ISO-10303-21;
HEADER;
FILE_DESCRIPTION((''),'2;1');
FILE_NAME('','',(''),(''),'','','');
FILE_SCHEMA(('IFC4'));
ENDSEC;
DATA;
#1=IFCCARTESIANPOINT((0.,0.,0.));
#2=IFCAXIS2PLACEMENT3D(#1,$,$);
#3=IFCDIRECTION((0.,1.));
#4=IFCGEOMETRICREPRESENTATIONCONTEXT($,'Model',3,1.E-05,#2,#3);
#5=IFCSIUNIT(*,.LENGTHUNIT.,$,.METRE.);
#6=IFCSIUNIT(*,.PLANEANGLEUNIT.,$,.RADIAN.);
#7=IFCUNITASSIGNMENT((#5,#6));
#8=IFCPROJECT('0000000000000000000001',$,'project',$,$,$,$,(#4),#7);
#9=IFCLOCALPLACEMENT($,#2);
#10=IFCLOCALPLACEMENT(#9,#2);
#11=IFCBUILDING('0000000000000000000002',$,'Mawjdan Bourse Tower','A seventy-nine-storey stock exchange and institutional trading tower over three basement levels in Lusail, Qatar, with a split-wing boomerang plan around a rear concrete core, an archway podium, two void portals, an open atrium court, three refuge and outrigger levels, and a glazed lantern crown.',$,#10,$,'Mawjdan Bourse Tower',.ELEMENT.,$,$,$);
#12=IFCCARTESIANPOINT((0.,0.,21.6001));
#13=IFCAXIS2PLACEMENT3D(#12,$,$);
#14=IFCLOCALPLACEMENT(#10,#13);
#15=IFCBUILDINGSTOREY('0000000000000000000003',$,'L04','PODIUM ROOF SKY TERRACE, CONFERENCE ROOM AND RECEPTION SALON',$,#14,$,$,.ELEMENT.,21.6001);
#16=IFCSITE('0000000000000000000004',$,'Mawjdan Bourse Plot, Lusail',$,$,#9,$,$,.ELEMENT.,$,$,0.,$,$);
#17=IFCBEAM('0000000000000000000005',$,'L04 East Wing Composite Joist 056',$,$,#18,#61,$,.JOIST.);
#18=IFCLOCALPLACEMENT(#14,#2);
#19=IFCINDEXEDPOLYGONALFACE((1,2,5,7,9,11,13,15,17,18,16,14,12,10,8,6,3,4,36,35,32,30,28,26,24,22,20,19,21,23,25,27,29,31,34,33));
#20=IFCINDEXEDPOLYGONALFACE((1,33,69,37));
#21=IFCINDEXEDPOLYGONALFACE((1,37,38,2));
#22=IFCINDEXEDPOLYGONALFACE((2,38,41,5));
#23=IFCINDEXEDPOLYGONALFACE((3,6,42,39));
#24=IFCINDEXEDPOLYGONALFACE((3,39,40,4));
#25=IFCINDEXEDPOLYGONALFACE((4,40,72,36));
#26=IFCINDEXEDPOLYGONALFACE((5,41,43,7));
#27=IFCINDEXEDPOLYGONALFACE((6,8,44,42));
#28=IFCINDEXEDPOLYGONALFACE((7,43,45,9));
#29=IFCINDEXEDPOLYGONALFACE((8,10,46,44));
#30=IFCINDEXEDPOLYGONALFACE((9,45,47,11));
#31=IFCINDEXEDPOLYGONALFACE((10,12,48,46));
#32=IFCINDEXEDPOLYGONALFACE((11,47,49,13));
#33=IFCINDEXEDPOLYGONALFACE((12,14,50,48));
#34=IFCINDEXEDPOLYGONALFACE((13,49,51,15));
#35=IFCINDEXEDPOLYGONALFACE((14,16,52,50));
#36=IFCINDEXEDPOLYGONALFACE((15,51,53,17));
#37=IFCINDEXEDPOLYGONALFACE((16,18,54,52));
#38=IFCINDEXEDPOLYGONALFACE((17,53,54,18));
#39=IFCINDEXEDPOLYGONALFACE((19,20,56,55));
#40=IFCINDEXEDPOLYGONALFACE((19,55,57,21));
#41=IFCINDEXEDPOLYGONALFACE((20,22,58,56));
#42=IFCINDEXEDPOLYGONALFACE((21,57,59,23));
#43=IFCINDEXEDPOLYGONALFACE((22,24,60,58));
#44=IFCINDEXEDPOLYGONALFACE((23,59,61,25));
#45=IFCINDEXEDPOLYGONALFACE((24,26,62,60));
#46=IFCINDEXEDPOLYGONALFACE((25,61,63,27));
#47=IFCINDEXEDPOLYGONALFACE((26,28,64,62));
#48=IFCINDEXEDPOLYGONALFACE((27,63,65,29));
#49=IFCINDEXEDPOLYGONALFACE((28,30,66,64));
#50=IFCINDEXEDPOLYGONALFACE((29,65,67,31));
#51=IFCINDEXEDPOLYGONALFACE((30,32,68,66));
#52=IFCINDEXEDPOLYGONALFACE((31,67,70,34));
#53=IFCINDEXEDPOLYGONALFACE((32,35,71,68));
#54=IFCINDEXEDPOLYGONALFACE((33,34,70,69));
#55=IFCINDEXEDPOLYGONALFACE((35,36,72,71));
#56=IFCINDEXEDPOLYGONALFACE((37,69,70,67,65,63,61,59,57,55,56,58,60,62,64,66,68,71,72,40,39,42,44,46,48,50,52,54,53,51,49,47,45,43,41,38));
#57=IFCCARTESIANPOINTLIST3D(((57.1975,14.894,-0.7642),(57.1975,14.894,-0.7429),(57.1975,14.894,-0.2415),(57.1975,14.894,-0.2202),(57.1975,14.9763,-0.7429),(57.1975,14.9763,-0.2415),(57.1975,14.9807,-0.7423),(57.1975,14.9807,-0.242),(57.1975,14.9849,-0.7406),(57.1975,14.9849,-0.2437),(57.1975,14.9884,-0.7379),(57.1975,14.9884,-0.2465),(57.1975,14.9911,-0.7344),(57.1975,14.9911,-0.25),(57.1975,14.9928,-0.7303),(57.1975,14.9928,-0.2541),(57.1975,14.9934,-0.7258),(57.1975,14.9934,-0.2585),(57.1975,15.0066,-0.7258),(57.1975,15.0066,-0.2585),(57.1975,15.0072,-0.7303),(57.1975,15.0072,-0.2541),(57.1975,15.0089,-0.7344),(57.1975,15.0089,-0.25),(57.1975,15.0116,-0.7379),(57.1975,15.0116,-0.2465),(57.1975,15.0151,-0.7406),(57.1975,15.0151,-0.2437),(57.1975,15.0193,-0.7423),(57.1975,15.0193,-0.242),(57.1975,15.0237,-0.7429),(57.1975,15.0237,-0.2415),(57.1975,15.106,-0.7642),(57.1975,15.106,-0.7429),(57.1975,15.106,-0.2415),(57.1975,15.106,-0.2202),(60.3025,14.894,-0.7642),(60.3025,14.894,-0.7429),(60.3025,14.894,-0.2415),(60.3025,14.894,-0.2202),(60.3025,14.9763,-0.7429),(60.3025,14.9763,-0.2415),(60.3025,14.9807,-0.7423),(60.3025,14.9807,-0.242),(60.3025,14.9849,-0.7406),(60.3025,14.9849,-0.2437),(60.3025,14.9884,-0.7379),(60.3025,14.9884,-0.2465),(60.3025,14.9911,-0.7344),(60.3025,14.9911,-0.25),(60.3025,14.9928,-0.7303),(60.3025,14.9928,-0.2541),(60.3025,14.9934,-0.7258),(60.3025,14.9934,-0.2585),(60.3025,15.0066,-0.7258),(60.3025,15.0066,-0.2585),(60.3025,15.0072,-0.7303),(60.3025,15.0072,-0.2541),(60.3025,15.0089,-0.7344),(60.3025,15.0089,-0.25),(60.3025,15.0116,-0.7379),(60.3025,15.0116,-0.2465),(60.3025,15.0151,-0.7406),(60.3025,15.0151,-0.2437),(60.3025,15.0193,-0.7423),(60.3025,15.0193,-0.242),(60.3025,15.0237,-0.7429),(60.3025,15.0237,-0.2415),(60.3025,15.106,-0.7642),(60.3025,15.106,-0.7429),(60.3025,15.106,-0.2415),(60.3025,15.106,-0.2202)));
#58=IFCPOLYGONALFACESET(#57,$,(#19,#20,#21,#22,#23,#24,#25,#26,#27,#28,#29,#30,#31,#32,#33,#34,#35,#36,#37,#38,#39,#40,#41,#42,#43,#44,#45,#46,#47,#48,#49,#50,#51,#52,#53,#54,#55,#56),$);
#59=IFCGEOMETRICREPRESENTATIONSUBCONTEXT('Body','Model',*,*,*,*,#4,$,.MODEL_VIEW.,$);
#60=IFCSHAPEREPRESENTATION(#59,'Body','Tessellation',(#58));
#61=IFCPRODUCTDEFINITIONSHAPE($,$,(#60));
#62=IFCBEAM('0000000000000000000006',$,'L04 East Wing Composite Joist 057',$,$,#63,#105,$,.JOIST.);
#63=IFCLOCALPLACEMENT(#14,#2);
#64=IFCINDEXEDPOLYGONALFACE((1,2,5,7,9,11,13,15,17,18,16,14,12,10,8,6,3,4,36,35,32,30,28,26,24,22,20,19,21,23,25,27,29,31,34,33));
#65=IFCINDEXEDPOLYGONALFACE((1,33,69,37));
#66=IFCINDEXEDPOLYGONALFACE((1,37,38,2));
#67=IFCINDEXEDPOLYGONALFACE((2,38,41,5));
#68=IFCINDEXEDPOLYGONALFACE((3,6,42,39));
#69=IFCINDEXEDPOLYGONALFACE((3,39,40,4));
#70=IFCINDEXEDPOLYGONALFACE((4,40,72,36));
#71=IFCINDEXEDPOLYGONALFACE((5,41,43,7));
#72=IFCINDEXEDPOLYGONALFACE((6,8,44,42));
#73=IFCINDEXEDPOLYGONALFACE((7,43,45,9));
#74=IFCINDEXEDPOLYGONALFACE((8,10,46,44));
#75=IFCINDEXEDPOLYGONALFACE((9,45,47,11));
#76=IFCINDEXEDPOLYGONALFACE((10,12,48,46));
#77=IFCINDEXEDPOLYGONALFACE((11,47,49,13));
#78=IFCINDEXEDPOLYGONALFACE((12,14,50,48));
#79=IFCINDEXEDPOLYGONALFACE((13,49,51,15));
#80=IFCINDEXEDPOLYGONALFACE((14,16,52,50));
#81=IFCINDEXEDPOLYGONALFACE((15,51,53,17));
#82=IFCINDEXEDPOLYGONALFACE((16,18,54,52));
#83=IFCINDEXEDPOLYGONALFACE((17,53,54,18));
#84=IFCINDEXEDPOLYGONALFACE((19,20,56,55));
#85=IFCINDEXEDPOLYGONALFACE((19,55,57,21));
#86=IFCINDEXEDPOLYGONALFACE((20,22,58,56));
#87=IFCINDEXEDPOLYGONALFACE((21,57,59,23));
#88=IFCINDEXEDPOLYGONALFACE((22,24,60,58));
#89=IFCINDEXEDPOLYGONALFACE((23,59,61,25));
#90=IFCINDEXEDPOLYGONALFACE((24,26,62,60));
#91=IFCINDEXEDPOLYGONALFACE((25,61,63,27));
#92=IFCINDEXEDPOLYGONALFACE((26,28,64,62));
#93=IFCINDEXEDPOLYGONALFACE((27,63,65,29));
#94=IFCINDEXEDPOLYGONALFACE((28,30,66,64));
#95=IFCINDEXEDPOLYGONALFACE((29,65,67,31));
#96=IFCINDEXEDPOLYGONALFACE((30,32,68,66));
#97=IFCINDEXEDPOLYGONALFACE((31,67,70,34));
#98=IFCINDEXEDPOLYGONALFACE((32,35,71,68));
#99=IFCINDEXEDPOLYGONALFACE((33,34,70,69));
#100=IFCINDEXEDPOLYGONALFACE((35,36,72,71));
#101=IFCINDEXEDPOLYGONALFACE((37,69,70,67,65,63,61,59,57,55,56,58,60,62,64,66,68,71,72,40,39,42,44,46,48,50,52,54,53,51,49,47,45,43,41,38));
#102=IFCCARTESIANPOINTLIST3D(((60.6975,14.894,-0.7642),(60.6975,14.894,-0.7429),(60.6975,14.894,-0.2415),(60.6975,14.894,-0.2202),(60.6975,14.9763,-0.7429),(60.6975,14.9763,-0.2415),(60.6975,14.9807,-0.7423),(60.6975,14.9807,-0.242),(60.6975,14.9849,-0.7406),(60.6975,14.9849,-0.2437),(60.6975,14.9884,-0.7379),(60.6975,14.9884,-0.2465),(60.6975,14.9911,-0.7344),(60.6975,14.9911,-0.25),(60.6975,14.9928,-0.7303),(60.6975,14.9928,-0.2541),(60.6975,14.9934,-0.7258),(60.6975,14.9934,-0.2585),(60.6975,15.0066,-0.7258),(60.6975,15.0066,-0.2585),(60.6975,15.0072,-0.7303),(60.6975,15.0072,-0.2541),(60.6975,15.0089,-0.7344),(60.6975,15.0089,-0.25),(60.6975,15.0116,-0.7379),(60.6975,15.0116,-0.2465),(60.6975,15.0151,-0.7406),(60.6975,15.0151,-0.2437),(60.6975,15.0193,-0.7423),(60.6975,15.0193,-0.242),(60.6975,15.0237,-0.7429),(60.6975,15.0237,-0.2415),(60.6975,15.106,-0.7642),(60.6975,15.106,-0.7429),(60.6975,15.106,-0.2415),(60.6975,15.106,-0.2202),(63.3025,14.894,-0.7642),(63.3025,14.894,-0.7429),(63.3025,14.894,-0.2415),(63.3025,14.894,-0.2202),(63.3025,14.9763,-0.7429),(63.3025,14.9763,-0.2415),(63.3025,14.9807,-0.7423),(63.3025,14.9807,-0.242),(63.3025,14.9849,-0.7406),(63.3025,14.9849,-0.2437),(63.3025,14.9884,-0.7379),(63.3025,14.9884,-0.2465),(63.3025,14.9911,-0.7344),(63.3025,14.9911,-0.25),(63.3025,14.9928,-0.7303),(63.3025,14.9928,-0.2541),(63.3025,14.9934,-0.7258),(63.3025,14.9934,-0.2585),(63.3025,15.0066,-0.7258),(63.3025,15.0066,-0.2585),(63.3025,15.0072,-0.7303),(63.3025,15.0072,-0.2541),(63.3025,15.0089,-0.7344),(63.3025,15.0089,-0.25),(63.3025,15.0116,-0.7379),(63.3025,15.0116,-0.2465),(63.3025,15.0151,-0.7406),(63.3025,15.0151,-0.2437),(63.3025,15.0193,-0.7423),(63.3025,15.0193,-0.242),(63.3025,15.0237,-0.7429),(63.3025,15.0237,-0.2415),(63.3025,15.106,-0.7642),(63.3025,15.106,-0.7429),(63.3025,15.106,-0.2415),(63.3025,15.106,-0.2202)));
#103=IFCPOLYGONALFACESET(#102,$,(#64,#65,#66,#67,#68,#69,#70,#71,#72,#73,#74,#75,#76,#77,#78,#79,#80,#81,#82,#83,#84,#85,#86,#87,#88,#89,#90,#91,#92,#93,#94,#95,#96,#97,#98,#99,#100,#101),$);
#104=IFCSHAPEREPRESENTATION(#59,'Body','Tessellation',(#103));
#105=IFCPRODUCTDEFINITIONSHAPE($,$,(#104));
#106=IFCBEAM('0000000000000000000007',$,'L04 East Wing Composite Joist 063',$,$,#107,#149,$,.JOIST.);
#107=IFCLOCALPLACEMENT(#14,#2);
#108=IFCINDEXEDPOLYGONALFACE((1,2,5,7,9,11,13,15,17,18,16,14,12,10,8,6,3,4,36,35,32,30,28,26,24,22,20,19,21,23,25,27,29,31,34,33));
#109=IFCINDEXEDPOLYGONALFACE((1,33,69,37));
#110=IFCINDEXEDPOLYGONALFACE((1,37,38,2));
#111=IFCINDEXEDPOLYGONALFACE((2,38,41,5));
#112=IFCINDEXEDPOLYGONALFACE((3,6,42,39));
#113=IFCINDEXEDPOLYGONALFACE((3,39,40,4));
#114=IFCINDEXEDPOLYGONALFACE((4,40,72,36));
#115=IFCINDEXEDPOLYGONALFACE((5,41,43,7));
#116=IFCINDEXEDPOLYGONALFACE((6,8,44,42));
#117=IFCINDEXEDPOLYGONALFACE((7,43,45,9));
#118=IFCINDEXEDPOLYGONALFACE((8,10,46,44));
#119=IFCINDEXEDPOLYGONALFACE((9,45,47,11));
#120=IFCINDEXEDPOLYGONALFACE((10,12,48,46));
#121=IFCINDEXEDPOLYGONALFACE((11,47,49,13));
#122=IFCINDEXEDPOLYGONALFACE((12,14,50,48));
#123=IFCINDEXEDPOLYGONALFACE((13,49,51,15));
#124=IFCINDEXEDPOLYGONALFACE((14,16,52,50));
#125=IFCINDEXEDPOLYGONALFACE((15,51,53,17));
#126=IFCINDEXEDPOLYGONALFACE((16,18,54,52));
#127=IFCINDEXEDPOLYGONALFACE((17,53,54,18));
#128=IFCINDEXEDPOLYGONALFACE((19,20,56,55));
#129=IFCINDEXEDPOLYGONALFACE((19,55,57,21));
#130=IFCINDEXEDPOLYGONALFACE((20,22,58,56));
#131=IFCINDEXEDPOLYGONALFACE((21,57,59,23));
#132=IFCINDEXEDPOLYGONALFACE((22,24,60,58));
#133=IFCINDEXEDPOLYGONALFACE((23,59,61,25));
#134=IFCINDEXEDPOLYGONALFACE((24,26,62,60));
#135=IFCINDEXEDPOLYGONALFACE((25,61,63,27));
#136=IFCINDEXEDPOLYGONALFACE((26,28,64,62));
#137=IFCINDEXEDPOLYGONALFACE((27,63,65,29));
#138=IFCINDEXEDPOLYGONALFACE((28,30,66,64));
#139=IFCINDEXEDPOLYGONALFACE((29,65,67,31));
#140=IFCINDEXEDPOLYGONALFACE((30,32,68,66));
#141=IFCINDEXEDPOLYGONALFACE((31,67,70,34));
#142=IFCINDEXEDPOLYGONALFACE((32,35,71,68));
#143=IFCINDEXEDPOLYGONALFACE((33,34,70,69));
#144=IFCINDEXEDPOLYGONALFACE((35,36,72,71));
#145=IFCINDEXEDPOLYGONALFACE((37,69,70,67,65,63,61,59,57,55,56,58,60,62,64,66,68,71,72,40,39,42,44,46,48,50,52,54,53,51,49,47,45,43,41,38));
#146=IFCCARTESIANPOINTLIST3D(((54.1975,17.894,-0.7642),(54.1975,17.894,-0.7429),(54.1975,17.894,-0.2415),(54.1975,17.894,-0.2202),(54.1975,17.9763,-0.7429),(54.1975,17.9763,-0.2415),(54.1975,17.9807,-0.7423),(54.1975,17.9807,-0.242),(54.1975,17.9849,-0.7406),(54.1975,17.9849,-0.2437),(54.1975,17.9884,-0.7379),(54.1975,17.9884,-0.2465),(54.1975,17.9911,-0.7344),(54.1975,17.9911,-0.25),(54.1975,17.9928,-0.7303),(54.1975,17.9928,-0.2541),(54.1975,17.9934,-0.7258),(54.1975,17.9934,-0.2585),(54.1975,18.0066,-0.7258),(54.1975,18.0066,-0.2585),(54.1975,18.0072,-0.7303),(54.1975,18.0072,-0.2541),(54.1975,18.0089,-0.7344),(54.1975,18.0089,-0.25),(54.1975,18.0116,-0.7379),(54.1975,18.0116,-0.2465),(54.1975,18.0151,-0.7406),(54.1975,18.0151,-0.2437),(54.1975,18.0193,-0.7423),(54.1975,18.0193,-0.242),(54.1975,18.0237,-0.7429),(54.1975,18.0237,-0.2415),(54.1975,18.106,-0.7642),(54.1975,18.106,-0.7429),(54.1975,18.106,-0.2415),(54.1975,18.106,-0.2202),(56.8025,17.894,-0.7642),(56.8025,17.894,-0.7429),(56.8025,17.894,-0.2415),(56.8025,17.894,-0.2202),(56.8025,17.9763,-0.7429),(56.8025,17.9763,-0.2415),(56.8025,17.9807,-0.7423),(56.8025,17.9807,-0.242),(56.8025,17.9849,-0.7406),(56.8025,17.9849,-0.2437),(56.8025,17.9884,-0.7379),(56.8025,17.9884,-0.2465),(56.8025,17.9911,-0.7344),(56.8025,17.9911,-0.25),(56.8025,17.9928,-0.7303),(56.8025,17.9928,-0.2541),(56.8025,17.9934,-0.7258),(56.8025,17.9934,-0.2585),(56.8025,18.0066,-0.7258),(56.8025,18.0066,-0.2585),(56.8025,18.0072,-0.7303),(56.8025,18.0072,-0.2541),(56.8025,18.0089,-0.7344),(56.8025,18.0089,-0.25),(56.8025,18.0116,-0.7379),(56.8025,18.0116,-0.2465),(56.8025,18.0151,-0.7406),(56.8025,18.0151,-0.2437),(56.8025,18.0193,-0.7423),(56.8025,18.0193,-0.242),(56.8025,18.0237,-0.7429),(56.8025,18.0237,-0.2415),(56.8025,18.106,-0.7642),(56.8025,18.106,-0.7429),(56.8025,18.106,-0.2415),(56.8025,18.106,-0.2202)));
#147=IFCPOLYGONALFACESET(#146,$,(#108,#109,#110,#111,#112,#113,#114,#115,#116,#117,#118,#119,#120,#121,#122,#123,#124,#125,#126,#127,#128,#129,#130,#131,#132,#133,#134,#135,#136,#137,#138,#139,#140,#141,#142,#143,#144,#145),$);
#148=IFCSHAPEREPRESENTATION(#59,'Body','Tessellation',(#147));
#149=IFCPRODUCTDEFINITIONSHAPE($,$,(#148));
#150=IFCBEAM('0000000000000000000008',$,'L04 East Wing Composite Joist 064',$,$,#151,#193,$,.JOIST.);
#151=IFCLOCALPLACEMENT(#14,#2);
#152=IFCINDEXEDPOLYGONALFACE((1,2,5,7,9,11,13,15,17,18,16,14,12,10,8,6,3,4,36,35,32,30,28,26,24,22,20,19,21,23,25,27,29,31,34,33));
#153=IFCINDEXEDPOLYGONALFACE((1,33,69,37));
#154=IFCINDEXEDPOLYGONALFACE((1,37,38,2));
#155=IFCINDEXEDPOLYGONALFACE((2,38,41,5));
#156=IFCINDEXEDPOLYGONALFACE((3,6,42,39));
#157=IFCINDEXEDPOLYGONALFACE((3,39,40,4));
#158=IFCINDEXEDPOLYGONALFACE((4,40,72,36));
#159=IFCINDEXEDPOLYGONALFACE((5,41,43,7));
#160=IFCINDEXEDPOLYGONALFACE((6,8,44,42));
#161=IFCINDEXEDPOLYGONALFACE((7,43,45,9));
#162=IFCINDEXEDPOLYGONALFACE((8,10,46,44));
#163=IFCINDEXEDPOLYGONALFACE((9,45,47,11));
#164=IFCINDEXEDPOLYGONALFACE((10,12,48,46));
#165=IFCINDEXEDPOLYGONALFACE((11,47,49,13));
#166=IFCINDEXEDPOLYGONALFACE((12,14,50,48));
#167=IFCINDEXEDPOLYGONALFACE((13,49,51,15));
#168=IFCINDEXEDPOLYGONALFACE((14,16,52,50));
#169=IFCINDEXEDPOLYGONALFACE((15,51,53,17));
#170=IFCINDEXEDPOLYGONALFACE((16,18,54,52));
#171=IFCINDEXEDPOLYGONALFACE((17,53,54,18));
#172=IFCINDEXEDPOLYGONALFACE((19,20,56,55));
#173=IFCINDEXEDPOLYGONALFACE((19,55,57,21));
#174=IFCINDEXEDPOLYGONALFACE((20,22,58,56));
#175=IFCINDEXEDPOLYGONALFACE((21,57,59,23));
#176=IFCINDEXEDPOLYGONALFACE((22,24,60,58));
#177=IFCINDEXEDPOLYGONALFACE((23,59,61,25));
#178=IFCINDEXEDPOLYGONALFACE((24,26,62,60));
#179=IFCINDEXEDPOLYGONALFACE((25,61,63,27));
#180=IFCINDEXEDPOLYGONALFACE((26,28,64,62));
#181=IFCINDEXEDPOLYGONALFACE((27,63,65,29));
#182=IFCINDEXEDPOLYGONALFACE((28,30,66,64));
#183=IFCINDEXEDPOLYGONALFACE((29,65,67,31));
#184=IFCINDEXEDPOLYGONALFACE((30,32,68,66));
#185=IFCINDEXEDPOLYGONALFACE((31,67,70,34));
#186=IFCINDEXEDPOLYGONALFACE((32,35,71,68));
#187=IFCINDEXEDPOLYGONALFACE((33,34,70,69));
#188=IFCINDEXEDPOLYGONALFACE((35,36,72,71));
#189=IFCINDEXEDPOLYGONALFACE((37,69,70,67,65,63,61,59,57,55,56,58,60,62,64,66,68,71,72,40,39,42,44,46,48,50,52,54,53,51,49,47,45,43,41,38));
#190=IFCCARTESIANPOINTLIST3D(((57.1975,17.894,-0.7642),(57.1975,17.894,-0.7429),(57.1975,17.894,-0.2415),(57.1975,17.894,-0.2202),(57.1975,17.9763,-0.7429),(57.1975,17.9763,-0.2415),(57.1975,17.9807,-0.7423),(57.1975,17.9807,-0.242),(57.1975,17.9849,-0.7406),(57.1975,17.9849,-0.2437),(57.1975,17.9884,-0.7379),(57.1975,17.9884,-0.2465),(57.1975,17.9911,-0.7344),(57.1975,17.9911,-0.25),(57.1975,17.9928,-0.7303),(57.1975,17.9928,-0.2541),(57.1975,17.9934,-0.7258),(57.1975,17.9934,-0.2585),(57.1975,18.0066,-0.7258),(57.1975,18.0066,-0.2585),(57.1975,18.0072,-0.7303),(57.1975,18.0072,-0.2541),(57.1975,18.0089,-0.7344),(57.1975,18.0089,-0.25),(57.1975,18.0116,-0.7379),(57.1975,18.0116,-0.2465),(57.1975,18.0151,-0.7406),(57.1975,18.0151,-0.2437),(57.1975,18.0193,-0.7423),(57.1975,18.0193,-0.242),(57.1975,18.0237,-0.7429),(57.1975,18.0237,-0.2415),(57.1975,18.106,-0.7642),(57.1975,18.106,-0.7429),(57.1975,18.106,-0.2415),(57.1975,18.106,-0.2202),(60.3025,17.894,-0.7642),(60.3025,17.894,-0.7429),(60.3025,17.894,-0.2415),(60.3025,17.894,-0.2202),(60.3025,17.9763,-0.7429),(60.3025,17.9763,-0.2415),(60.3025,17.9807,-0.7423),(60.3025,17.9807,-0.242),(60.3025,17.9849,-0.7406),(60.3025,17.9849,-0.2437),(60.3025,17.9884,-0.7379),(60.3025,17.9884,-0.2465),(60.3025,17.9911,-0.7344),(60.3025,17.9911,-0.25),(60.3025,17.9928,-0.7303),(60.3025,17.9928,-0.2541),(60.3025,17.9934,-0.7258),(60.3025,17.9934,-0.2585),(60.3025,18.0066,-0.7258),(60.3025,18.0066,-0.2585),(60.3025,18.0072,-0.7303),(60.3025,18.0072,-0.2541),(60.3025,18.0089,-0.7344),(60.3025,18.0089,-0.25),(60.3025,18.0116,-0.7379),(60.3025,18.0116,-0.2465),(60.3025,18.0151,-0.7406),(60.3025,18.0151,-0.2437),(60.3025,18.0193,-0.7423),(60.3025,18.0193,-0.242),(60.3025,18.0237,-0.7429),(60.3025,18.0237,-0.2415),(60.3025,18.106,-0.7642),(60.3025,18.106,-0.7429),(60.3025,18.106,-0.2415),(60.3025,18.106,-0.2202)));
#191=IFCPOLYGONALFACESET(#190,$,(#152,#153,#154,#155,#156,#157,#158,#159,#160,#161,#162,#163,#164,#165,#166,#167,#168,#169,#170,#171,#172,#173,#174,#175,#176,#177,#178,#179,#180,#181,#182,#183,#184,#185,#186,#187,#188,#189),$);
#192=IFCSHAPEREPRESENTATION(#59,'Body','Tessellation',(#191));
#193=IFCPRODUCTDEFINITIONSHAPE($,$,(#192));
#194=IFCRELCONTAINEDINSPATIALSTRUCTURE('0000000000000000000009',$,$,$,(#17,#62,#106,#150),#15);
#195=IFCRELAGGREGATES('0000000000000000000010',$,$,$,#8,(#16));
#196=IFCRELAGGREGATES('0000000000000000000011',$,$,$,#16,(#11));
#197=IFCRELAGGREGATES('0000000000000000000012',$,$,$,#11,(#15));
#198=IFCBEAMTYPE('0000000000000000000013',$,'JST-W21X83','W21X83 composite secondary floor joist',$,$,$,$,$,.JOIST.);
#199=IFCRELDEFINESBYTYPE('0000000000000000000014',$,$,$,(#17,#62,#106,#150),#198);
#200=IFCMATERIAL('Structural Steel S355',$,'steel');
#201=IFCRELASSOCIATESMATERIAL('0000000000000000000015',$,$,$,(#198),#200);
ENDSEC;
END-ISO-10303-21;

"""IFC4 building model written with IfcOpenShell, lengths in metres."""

from ifc_helpers import new_model, si_unit, direction, frame, origin, origin_2d, place, context, subcontext, project, spatial, i_section, extrude, material, material_profile, profile_set, type_object, element, save


model = new_model("IFC4")

# Units and contexts
model_context = context("Model", 3, precision=1e-05, world=origin(), true_north=direction((0.0, 1.0)))
body_context = subcontext(model_context, "Body", "Model", "MODEL_VIEW")
ifc_project = project(units=[si_unit("LENGTHUNIT", "METRE"), si_unit("PLANEANGLEUNIT", "RADIAN")], contexts=[model_context])

# Site, building, storey
site_placement = place(None, origin())
site = spatial("IfcSite", under=ifc_project, at=site_placement, Name="Mawjdan Bourse Plot, Lusail", CompositionType="ELEMENT", RefElevation=0.0)
building_placement = place(site_placement, origin())
building = spatial("IfcBuilding", under=site, at=building_placement, Name="Mawjdan Bourse Tower", Description="A seventy-nine-storey stock exchange and institutional trading tower over three basement levels in Lusail, Qatar, with a split-wing boomerang plan around a rear concrete core, an archway podium, two void portals, an open atrium court, three refuge and outrigger levels, and a glazed lantern crown.", LongName="Mawjdan Bourse Tower", CompositionType="ELEMENT")
storey_placement = place(building_placement, frame((0.0, 0.0, 21.6001)))
storey = spatial("IfcBuildingStorey", under=building, at=storey_placement, Name="L04", Description="PODIUM ROOF SKY TERRACE, CONFERENCE ROOM AND RECEPTION SALON", CompositionType="ELEMENT", Elevation=21.6001)

# Beams
ifc_material_1 = material(Name="Structural Steel S355", Category="steel")
ifc_material_profile_1 = material_profile(ifc_material_1, i_section(OverallWidth=0.2119, OverallDepth=0.5439, WebThickness=0.0132, FlangeThickness=0.0212, FilletRadius=0.0171, at=origin_2d()), Name="W21X83")
ifc_profile_set_1 = profile_set([ifc_material_profile_1], Name="Structural Steel S355")
beam_type_1 = type_object("IfcBeamType", Name="JST-W21X83", Description="W21X83 composite secondary floor joist", PredefinedType="JOIST", material=ifc_profile_set_1)
beam_1_placement = place(storey_placement, frame((57.1975, 15.0, -0.4922), z_axis=(1.0, 0.0, 0.0), x_axis=(0.0, 1.0, 0.0)))
element("IfcBeam", 1, at=beam_1_placement, inside=storey, type_object=beam_type_1, Name="L04 East Wing Composite Joist 056", PredefinedType="JOIST", context=body_context, shape_type="SweptSolid", body=[
    extrude(i_section(OverallWidth=0.2119, OverallDepth=0.5439, WebThickness=0.0132, FlangeThickness=0.0212, FilletRadius=0.0171, at=origin_2d()), origin(), (0.0, 0.0, 1.0), 3.105),
])
for number, where, z_axis, x_axis, name in (
    (2, (60.6975, 15.0, -0.4922), (1.0, 0.0, 0.0), (0.0, 1.0, 0.0), "L04 East Wing Composite Joist 057"),
    (3, (54.1975, 18.0, -0.4922), (1.0, 0.0, 0.0), (0.0, 1.0, 0.0), "L04 East Wing Composite Joist 063"),
):
    element("IfcBeam", number, at=place(storey_placement, frame(where, z_axis=z_axis, x_axis=x_axis)), inside=storey, type_object=beam_type_1, Name=name, PredefinedType="JOIST", context=body_context, shape_type="SweptSolid", body=[
        extrude(i_section(OverallWidth=0.2119, OverallDepth=0.5439, WebThickness=0.0132, FlangeThickness=0.0212, FilletRadius=0.0171, at=origin_2d()), origin(), (0.0, 0.0, 1.0), 2.605),
    ])
beam_2_placement = place(storey_placement, frame((57.1975, 18.0, -0.4922), z_axis=(1.0, 0.0, 0.0), x_axis=(0.0, 1.0, 0.0)))
element("IfcBeam", 4, at=beam_2_placement, inside=storey, type_object=beam_type_1, Name="L04 East Wing Composite Joist 064", PredefinedType="JOIST", context=body_context, shape_type="SweptSolid", body=[
    extrude(i_section(OverallWidth=0.2119, OverallDepth=0.5439, WebThickness=0.0132, FlangeThickness=0.0212, FilletRadius=0.0171, at=origin_2d()), origin(), (0.0, 0.0, 1.0), 3.105),
])

save(model, "model.ifc")
